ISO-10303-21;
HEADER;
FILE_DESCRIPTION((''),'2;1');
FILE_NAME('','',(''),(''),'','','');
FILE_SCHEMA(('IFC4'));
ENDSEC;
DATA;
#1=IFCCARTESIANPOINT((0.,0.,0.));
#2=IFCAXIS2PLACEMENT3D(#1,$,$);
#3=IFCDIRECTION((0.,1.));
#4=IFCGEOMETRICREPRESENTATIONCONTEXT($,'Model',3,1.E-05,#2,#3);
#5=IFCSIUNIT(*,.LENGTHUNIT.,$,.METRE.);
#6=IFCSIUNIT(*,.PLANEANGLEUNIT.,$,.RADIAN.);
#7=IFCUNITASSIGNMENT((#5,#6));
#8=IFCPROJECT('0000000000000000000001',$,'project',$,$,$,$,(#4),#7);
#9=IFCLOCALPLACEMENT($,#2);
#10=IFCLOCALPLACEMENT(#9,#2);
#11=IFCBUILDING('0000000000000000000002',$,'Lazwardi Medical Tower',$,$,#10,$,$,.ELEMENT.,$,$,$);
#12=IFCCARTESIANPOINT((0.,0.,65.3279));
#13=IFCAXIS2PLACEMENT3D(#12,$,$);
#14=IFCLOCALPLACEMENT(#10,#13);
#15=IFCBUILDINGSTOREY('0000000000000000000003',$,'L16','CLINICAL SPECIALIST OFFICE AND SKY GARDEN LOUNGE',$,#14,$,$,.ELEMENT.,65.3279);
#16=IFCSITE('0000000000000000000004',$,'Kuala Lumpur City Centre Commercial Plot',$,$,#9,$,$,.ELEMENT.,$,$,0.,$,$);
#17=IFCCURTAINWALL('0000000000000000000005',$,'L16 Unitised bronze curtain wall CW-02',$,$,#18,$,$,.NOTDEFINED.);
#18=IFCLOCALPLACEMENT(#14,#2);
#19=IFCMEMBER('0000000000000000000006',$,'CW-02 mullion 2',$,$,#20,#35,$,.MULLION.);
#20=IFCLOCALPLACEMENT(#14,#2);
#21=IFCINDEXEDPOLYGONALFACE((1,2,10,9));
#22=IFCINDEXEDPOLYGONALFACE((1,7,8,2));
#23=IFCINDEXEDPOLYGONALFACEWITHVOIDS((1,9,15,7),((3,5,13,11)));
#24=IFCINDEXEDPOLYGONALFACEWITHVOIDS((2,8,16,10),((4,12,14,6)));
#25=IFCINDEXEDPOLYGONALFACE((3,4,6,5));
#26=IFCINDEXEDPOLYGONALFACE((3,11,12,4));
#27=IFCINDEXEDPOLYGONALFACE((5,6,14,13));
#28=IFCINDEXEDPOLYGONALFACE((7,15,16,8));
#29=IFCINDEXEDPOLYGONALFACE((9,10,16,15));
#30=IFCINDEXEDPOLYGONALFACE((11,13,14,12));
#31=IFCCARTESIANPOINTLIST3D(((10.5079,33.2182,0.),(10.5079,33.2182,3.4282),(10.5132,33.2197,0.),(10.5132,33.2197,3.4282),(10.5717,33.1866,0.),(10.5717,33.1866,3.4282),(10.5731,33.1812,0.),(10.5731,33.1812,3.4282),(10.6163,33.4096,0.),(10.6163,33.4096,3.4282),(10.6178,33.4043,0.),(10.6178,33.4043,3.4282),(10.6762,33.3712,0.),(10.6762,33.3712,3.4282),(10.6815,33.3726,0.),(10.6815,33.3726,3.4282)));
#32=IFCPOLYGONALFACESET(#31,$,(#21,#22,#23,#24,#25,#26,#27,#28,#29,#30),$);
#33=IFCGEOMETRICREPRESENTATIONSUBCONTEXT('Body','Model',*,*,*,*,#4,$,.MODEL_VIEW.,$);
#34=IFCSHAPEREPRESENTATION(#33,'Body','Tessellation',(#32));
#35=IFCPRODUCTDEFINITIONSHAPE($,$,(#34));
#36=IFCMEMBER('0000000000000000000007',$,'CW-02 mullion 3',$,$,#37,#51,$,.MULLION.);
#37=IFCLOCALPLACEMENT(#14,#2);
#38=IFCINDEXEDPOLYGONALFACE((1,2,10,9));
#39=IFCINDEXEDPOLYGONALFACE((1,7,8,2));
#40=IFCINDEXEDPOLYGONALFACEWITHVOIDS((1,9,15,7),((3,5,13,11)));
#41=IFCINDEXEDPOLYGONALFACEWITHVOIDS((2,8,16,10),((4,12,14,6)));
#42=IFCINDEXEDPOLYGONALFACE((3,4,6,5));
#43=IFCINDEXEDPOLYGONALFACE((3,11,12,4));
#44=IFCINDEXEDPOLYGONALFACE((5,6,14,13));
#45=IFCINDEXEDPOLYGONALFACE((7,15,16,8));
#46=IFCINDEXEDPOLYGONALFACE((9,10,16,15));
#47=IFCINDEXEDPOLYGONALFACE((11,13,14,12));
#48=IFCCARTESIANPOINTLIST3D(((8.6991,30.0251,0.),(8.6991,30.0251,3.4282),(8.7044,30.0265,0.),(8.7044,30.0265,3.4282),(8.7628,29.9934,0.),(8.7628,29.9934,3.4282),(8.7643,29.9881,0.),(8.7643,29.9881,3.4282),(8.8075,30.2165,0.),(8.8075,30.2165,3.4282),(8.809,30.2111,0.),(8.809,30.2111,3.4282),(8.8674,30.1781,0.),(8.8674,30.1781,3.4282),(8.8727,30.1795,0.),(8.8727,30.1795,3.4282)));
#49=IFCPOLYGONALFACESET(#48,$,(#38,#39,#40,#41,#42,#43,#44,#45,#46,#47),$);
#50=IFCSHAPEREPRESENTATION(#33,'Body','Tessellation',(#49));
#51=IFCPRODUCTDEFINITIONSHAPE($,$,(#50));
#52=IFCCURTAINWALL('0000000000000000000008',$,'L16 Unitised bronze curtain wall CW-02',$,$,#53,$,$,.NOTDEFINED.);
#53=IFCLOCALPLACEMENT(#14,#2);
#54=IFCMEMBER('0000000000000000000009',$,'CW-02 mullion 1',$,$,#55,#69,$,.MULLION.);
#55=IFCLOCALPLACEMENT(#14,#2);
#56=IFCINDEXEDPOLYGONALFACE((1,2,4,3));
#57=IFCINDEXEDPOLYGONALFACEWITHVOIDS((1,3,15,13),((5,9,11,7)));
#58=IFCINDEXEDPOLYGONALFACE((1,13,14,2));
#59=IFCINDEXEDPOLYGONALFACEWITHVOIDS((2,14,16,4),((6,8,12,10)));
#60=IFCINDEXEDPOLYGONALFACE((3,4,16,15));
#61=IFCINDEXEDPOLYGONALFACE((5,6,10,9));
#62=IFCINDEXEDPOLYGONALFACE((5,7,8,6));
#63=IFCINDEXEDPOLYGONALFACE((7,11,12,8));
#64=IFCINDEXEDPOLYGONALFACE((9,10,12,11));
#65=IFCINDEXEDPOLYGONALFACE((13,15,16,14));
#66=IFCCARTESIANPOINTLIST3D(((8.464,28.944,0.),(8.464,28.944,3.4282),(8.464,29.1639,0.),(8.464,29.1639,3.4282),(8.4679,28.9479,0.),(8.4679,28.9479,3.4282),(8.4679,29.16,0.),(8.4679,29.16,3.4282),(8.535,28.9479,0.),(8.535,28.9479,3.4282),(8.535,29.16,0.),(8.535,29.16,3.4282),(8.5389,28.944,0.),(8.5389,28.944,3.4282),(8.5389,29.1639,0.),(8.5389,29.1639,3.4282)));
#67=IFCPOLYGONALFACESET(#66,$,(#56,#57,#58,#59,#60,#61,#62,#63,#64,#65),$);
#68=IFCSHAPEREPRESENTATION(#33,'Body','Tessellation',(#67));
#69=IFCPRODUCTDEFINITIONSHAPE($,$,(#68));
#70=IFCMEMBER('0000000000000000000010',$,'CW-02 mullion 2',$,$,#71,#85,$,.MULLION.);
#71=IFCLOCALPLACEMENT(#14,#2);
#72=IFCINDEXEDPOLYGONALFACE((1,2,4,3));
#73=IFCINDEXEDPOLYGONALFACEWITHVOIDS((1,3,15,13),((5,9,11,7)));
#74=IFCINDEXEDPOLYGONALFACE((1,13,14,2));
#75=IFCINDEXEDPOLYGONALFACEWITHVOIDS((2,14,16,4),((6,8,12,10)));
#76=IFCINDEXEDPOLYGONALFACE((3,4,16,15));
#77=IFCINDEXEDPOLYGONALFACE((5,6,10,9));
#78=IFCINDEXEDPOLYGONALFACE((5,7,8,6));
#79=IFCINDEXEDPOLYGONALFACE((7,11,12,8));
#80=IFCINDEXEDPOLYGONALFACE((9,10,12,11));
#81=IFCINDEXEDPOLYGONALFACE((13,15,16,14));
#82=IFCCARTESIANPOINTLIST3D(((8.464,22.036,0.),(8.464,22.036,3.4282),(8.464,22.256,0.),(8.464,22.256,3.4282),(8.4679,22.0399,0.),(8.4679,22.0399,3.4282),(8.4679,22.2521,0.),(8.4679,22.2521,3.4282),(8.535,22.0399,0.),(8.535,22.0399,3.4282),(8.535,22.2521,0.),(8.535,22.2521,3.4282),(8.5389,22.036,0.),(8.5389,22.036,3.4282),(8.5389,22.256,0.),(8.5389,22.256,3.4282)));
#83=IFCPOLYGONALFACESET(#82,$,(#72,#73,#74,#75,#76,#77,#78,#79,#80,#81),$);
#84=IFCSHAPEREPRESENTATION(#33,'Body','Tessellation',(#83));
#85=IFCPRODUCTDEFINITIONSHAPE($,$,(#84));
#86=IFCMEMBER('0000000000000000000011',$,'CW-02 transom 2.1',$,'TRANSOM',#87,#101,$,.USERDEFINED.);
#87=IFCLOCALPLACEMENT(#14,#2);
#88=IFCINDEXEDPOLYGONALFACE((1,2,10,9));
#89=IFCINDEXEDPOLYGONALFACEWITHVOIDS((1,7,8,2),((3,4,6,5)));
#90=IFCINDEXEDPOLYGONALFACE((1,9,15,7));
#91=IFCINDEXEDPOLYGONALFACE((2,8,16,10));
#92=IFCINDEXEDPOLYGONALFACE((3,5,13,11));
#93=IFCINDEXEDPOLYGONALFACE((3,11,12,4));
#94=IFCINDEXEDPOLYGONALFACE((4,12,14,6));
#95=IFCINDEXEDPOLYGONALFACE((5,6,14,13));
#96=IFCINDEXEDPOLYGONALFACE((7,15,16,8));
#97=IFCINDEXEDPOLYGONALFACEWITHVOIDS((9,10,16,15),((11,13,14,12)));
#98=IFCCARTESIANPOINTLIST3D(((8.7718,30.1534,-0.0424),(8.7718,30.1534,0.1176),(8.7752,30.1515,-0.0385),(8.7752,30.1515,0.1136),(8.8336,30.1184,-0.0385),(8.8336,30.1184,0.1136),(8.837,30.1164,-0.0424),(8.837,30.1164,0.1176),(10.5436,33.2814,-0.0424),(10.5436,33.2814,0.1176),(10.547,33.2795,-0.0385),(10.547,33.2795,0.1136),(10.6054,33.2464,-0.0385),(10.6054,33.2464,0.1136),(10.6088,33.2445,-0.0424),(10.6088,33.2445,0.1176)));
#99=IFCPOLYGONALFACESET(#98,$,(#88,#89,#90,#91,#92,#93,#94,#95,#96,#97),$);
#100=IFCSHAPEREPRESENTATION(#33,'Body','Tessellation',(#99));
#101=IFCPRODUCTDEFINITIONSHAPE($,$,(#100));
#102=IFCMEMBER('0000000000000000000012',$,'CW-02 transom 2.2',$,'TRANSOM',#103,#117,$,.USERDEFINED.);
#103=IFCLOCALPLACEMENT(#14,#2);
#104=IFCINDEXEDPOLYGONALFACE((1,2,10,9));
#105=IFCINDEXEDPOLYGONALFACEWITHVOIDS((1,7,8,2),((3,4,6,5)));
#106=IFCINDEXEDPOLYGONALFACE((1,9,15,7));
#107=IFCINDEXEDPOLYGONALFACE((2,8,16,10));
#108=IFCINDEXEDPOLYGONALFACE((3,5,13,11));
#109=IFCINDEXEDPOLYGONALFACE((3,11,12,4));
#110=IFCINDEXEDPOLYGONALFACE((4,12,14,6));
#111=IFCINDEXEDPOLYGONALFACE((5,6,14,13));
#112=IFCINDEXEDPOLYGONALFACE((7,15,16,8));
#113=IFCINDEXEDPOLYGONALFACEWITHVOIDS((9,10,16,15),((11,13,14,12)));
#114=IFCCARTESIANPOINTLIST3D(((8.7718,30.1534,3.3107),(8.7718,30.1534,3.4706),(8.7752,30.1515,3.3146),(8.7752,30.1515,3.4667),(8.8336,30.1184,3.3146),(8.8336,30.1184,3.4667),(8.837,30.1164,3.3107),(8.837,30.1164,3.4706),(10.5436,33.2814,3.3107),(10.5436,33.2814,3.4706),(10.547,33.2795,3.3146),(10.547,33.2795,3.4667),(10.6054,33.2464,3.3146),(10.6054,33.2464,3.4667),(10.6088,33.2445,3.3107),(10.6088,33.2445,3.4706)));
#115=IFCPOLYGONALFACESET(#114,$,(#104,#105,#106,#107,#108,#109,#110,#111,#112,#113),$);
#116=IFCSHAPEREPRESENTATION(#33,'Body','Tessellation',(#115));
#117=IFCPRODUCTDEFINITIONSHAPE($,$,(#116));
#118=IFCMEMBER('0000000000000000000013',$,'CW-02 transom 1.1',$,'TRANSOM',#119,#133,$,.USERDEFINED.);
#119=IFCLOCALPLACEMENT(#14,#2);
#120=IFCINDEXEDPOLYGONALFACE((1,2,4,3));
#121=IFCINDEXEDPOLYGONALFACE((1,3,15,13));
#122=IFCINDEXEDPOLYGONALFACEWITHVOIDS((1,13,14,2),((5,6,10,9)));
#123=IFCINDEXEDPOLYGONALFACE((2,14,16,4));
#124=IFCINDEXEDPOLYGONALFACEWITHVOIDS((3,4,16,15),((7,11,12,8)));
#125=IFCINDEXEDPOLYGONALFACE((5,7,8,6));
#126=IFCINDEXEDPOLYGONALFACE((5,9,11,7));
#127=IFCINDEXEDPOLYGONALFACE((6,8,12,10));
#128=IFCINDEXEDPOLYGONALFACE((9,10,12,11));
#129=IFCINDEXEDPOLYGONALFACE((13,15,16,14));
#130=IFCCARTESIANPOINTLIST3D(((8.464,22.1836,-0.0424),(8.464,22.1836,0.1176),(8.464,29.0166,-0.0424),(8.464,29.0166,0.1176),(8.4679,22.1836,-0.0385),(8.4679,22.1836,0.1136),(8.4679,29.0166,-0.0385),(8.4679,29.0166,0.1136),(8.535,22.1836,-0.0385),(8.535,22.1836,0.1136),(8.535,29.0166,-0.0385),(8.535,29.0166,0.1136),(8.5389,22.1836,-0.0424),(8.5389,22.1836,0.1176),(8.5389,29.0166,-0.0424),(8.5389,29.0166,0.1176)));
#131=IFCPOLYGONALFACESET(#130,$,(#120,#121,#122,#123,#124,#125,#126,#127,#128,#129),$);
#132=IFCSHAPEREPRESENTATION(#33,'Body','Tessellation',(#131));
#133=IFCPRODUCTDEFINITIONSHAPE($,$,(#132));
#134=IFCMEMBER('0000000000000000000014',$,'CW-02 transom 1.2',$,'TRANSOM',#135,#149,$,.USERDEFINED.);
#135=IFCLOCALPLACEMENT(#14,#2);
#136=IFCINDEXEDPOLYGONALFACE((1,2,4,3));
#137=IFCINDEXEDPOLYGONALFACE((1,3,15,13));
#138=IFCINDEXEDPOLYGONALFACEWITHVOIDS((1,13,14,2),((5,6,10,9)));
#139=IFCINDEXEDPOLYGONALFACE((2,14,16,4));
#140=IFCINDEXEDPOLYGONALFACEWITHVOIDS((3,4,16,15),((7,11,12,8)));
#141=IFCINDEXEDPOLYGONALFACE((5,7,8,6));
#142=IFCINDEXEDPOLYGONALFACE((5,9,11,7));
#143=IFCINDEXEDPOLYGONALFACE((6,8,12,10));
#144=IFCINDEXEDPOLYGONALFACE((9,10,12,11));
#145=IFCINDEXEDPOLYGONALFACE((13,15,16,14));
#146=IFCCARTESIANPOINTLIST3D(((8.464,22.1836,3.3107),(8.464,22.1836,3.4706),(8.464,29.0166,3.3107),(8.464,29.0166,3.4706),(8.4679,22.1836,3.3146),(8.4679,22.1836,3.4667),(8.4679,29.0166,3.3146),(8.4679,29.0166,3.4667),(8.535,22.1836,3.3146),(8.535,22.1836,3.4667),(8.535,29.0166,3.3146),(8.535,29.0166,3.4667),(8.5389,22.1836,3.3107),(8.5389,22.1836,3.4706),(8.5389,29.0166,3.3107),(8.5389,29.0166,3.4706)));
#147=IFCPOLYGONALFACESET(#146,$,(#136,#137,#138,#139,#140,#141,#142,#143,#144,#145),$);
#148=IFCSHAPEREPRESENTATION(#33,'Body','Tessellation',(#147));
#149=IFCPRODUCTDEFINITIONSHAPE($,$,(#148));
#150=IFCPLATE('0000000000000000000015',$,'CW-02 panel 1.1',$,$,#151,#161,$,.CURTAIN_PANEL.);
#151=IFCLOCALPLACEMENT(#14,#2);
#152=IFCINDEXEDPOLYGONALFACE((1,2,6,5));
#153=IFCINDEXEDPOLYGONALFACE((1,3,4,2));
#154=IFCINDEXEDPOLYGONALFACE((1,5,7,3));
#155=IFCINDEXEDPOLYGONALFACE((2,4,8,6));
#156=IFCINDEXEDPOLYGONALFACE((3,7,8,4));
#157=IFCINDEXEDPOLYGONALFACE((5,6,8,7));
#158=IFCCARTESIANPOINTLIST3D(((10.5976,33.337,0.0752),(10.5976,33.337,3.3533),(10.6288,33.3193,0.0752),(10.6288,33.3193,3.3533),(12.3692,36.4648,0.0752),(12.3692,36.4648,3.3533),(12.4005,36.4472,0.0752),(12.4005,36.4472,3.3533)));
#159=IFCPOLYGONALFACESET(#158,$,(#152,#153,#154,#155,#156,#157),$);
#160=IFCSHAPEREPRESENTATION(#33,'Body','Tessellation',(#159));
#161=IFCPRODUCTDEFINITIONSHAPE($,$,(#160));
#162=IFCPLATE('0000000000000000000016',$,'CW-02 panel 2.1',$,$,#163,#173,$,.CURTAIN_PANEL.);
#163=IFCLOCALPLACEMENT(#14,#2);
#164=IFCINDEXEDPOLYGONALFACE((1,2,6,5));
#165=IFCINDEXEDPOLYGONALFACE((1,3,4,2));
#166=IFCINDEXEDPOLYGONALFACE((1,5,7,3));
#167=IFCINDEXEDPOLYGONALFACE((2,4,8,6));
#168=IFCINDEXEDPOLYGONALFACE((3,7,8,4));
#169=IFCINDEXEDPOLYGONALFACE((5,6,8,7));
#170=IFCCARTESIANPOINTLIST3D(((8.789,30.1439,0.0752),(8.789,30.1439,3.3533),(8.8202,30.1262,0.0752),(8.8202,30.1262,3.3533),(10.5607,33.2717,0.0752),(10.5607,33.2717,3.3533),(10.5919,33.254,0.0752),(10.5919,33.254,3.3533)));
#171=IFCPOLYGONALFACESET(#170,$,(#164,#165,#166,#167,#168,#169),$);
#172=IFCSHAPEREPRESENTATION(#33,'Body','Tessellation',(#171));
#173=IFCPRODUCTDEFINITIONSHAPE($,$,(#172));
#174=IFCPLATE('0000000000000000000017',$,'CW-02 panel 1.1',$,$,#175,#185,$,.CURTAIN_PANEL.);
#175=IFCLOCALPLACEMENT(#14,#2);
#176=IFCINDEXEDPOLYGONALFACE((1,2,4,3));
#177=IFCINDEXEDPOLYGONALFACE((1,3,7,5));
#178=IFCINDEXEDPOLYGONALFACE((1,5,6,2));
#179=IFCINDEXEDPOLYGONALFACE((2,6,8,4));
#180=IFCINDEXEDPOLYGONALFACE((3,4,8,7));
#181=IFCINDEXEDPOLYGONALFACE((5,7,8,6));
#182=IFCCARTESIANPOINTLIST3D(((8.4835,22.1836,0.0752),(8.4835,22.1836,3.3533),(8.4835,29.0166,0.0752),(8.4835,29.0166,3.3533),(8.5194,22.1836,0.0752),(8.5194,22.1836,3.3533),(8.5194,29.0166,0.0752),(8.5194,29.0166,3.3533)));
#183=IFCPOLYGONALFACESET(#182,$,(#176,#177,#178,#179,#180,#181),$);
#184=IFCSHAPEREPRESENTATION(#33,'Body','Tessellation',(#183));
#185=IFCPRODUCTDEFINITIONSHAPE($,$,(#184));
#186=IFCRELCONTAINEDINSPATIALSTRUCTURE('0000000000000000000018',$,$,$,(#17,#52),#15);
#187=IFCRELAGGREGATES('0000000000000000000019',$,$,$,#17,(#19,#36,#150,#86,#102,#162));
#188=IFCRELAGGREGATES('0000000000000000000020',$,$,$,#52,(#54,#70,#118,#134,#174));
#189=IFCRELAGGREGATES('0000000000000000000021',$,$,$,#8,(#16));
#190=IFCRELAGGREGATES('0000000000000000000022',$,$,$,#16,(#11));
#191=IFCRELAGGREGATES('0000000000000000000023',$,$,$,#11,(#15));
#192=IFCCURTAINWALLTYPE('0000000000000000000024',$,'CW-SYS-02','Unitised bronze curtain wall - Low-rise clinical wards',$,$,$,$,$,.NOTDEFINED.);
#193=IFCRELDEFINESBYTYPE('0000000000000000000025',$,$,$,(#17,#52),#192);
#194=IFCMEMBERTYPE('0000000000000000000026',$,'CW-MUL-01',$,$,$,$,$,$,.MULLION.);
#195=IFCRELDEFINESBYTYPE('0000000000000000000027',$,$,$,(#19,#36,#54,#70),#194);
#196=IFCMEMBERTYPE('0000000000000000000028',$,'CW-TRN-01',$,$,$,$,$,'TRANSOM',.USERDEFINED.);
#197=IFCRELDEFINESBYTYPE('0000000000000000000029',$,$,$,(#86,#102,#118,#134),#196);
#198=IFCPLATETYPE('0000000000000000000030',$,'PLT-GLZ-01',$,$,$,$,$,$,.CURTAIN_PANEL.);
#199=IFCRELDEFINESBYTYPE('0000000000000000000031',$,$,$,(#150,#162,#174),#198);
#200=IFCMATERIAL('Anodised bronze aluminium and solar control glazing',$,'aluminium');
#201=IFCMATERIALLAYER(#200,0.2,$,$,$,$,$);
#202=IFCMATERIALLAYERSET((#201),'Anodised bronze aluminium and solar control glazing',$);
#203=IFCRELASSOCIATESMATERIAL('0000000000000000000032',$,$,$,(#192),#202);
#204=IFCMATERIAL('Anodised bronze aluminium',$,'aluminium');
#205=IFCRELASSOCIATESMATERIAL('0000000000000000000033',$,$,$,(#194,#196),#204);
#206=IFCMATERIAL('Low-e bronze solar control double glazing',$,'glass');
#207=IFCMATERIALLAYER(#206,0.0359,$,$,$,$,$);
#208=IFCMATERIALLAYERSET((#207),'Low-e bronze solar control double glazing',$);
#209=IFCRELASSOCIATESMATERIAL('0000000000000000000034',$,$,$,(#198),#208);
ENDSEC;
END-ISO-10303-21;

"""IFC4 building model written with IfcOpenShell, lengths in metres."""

from ifc_helpers import new_model, si_unit, direction, frame, origin, origin_2d, place, context, subcontext, project, spatial, rectangle, hollow_rectangle, extrude, material, layer, layer_set, material_profile, profile_set, type_object, element, aggregate, save


model = new_model("IFC4")

# Units and contexts
model_context = context("Model", 3, precision=1e-05, world=origin(), true_north=direction((0.0, 1.0)))
body_context = subcontext(model_context, "Body", "Model", "MODEL_VIEW")
ifc_project = project(units=[si_unit("LENGTHUNIT", "METRE"), si_unit("PLANEANGLEUNIT", "RADIAN")], contexts=[model_context])

# Site, building, storey
site_placement = place(None, origin())
site = spatial("IfcSite", under=ifc_project, at=site_placement, Name="Kuala Lumpur City Centre Commercial Plot", CompositionType="ELEMENT", RefElevation=0.0)
building_placement = place(site_placement, origin())
building = spatial("IfcBuilding", under=site, at=building_placement, Name="Lazwardi Medical Tower", CompositionType="ELEMENT")
storey_placement = place(building_placement, frame((0.0, 0.0, 65.3279)))
storey = spatial("IfcBuildingStorey", under=building, at=storey_placement, Name="L16", Description="CLINICAL SPECIALIST OFFICE AND SKY GARDEN LOUNGE", CompositionType="ELEMENT", Elevation=65.3279)

# Curtain walls, members
ifc_material_1 = material(Name="Anodised bronze aluminium and solar control glazing", Category="aluminium")
ifc_layer_1 = layer(ifc_material_1, 0.2)
ifc_layer_set_1 = layer_set([ifc_layer_1], Name="Anodised bronze aluminium and solar control glazing")
curtain_wall_type = type_object("IfcCurtainWallType", Name="CW-SYS-02", Description="Unitised bronze curtain wall - Low-rise clinical wards", PredefinedType="NOTDEFINED", material=ifc_layer_set_1)
curtain_wall_1_placement = place(storey_placement, origin())
curtain_wall_1 = element("IfcCurtainWall", 1, at=curtain_wall_1_placement, inside=storey, type_object=curtain_wall_type, Name="L16 Unitised bronze curtain wall CW-02", PredefinedType="NOTDEFINED")
ifc_material_2 = material(Name="Anodised bronze aluminium", Category="aluminium")
ifc_material_profile_1 = material_profile(ifc_material_2, hollow_rectangle(XDim=0.075, YDim=0.22, WallThickness=0.0039, at=origin_2d()), Name="ALU-MULLION 220x75x4")
ifc_profile_set_1 = profile_set([ifc_material_profile_1], Name="Anodised bronze aluminium")
member_type_1 = type_object("IfcMemberType", Name="CW-MUL-01", PredefinedType="MULLION", material=ifc_profile_set_1)
member_1_placement = place(storey_placement, frame((10.5947, 33.2954, 0.0), z_axis=(0.0, 0.0, 1.0), x_axis=(0.870112, -0.492854, 0.0)))
member_1 = element("IfcMember", 2, at=member_1_placement, type_object=member_type_1, Name="CW-02 mullion 2", PredefinedType="MULLION", context=body_context, shape_type="SweptSolid", body=[
    extrude(hollow_rectangle(XDim=0.075, YDim=0.22, WallThickness=0.0039, at=origin_2d()), origin(), (0.0, 0.0, 1.0), 3.4282),
])
member_2_placement = place(storey_placement, frame((8.7859, 30.1023, 0.0), z_axis=(0.0, 0.0, 1.0), x_axis=(0.870112, -0.492854, 0.0)))
member_2 = element("IfcMember", 3, at=member_2_placement, type_object=member_type_1, Name="CW-02 mullion 3", PredefinedType="MULLION", context=body_context, shape_type="SweptSolid", body=[
    extrude(hollow_rectangle(XDim=0.075, YDim=0.22, WallThickness=0.0039, at=origin_2d()), origin(), (0.0, 0.0, 1.0), 3.4282),
])
curtain_wall_2_placement = place(storey_placement, origin())
curtain_wall_2 = element("IfcCurtainWall", 4, at=curtain_wall_2_placement, inside=storey, type_object=curtain_wall_type, Name="L16 Unitised bronze curtain wall CW-02", PredefinedType="NOTDEFINED")
member_3_placement = place(storey_placement, frame((8.5015, 29.054, 0.0), z_axis=(0.0, 0.0, 1.0), x_axis=(1.0, 0.0, 0.0)))
member_3 = element("IfcMember", 5, at=member_3_placement, type_object=member_type_1, Name="CW-02 mullion 1", PredefinedType="MULLION", context=body_context, shape_type="SweptSolid", body=[
    extrude(hollow_rectangle(XDim=0.075, YDim=0.22, WallThickness=0.0039, at=origin_2d()), origin(), (0.0, 0.0, 1.0), 3.4282),
])
member_4_placement = place(storey_placement, frame((8.5015, 22.146, 0.0), z_axis=(0.0, 0.0, 1.0), x_axis=(1.0, 0.0, 0.0)))
member_4 = element("IfcMember", 6, at=member_4_placement, type_object=member_type_1, Name="CW-02 mullion 2", PredefinedType="MULLION", context=body_context, shape_type="SweptSolid", body=[
    extrude(hollow_rectangle(XDim=0.075, YDim=0.22, WallThickness=0.0039, at=origin_2d()), origin(), (0.0, 0.0, 1.0), 3.4282),
])

# Members
ifc_material_profile_2 = material_profile(ifc_material_2, hollow_rectangle(XDim=0.075, YDim=0.1599, WallThickness=0.0039, at=origin_2d()), Name="ALU-TRANSOM 160x75x4")
ifc_profile_set_2 = profile_set([ifc_material_profile_2], Name="Anodised bronze aluminium")
member_type_2 = type_object("IfcMemberType", Name="CW-TRN-01", ElementType="TRANSOM", PredefinedType="USERDEFINED", material=ifc_profile_set_2)
member_5_placement = place(storey_placement, frame((10.5762, 33.2629, 0.0376), z_axis=(-0.492851, -0.870113, 0.0), x_axis=(0.870113, -0.492851, 0.0)))
member_5 = element("IfcMember", 7, at=member_5_placement, type_object=member_type_2, Name="CW-02 transom 2.1", ObjectType="TRANSOM", PredefinedType="USERDEFINED", context=body_context, shape_type="SweptSolid", body=[
    extrude(hollow_rectangle(XDim=0.075, YDim=0.1599, WallThickness=0.0039, at=origin_2d()), origin(), (0.0, 0.0, 1.0), 3.595),
])
member_6_placement = place(storey_placement, frame((10.5762, 33.2629, 3.3906), z_axis=(-0.492851, -0.870113, 0.0), x_axis=(0.870113, -0.492851, 0.0)))
member_6 = element("IfcMember", 8, at=member_6_placement, type_object=member_type_2, Name="CW-02 transom 2.2", ObjectType="TRANSOM", PredefinedType="USERDEFINED", context=body_context, shape_type="SweptSolid", body=[
    extrude(hollow_rectangle(XDim=0.075, YDim=0.1599, WallThickness=0.0039, at=origin_2d()), origin(), (0.0, 0.0, 1.0), 3.595),
])
member_7_placement = place(storey_placement, frame((8.5015, 29.0166, 0.0376), z_axis=(0.0, -1.0, 0.0), x_axis=(1.0, 0.0, 0.0)))
member_7 = element("IfcMember", 9, at=member_7_placement, type_object=member_type_2, Name="CW-02 transom 1.1", ObjectType="TRANSOM", PredefinedType="USERDEFINED", context=body_context, shape_type="SweptSolid", body=[
    extrude(hollow_rectangle(XDim=0.075, YDim=0.1599, WallThickness=0.0039, at=origin_2d()), origin(), (0.0, 0.0, 1.0), 6.833),
])
member_8_placement = place(storey_placement, frame((8.5015, 29.0166, 3.3906), z_axis=(0.0, -1.0, 0.0), x_axis=(1.0, 0.0, 0.0)))
member_8 = element("IfcMember", 10, at=member_8_placement, type_object=member_type_2, Name="CW-02 transom 1.2", ObjectType="TRANSOM", PredefinedType="USERDEFINED", context=body_context, shape_type="SweptSolid", body=[
    extrude(hollow_rectangle(XDim=0.075, YDim=0.1599, WallThickness=0.0039, at=origin_2d()), origin(), (0.0, 0.0, 1.0), 6.833),
])

# Plates
ifc_material_3 = material(Name="Low-e bronze solar control double glazing", Category="glass")
ifc_layer_2 = layer(ifc_material_3, 0.0359)
ifc_layer_set_2 = layer_set([ifc_layer_2], Name="Low-e bronze solar control double glazing")
plate_type = type_object("IfcPlateType", Name="PLT-GLZ-01", PredefinedType="CURTAIN_PANEL", material=ifc_layer_set_2)
plate_1_placement = place(storey_placement, frame((11.499, 34.8921, 0.0752), z_axis=(0.0, 0.0, 1.0), x_axis=(-0.492854, -0.870112, 0.0)))
plate_1 = element("IfcPlate", 11, at=plate_1_placement, type_object=plate_type, Name="CW-02 panel 1.1", PredefinedType="CURTAIN_PANEL", context=body_context, shape_type="SweptSolid", body=[
    extrude(rectangle(XDim=3.5947, YDim=0.0359, at=origin_2d()), origin(), (0.0, 0.0, 1.0), 3.2781),
])
plate_2_placement = place(storey_placement, frame((9.6904, 31.699, 0.0752), z_axis=(0.0, 0.0, 1.0), x_axis=(-0.492854, -0.870112, 0.0)))
plate_2 = element("IfcPlate", 12, at=plate_2_placement, type_object=plate_type, Name="CW-02 panel 2.1", PredefinedType="CURTAIN_PANEL", context=body_context, shape_type="SweptSolid", body=[
    extrude(rectangle(XDim=3.5947, YDim=0.0359, at=origin_2d()), origin(), (0.0, 0.0, 1.0), 3.2781),
])
aggregate(curtain_wall_1, [member_1, member_2, plate_1, member_5, member_6, plate_2])
plate_3_placement = place(storey_placement, frame((8.5015, 25.6001, 0.0752), z_axis=(0.0, 0.0, 1.0), x_axis=(0.0, -1.0, 0.0)))
plate_3 = element("IfcPlate", 13, at=plate_3_placement, type_object=plate_type, Name="CW-02 panel 1.1", PredefinedType="CURTAIN_PANEL", context=body_context, shape_type="SweptSolid", body=[
    extrude(rectangle(XDim=6.833, YDim=0.0359, at=origin_2d()), origin(), (0.0, 0.0, 1.0), 3.2781),
])
aggregate(curtain_wall_2, [member_3, member_4, member_7, member_8, plate_3])

save(model, "model.ifc")
